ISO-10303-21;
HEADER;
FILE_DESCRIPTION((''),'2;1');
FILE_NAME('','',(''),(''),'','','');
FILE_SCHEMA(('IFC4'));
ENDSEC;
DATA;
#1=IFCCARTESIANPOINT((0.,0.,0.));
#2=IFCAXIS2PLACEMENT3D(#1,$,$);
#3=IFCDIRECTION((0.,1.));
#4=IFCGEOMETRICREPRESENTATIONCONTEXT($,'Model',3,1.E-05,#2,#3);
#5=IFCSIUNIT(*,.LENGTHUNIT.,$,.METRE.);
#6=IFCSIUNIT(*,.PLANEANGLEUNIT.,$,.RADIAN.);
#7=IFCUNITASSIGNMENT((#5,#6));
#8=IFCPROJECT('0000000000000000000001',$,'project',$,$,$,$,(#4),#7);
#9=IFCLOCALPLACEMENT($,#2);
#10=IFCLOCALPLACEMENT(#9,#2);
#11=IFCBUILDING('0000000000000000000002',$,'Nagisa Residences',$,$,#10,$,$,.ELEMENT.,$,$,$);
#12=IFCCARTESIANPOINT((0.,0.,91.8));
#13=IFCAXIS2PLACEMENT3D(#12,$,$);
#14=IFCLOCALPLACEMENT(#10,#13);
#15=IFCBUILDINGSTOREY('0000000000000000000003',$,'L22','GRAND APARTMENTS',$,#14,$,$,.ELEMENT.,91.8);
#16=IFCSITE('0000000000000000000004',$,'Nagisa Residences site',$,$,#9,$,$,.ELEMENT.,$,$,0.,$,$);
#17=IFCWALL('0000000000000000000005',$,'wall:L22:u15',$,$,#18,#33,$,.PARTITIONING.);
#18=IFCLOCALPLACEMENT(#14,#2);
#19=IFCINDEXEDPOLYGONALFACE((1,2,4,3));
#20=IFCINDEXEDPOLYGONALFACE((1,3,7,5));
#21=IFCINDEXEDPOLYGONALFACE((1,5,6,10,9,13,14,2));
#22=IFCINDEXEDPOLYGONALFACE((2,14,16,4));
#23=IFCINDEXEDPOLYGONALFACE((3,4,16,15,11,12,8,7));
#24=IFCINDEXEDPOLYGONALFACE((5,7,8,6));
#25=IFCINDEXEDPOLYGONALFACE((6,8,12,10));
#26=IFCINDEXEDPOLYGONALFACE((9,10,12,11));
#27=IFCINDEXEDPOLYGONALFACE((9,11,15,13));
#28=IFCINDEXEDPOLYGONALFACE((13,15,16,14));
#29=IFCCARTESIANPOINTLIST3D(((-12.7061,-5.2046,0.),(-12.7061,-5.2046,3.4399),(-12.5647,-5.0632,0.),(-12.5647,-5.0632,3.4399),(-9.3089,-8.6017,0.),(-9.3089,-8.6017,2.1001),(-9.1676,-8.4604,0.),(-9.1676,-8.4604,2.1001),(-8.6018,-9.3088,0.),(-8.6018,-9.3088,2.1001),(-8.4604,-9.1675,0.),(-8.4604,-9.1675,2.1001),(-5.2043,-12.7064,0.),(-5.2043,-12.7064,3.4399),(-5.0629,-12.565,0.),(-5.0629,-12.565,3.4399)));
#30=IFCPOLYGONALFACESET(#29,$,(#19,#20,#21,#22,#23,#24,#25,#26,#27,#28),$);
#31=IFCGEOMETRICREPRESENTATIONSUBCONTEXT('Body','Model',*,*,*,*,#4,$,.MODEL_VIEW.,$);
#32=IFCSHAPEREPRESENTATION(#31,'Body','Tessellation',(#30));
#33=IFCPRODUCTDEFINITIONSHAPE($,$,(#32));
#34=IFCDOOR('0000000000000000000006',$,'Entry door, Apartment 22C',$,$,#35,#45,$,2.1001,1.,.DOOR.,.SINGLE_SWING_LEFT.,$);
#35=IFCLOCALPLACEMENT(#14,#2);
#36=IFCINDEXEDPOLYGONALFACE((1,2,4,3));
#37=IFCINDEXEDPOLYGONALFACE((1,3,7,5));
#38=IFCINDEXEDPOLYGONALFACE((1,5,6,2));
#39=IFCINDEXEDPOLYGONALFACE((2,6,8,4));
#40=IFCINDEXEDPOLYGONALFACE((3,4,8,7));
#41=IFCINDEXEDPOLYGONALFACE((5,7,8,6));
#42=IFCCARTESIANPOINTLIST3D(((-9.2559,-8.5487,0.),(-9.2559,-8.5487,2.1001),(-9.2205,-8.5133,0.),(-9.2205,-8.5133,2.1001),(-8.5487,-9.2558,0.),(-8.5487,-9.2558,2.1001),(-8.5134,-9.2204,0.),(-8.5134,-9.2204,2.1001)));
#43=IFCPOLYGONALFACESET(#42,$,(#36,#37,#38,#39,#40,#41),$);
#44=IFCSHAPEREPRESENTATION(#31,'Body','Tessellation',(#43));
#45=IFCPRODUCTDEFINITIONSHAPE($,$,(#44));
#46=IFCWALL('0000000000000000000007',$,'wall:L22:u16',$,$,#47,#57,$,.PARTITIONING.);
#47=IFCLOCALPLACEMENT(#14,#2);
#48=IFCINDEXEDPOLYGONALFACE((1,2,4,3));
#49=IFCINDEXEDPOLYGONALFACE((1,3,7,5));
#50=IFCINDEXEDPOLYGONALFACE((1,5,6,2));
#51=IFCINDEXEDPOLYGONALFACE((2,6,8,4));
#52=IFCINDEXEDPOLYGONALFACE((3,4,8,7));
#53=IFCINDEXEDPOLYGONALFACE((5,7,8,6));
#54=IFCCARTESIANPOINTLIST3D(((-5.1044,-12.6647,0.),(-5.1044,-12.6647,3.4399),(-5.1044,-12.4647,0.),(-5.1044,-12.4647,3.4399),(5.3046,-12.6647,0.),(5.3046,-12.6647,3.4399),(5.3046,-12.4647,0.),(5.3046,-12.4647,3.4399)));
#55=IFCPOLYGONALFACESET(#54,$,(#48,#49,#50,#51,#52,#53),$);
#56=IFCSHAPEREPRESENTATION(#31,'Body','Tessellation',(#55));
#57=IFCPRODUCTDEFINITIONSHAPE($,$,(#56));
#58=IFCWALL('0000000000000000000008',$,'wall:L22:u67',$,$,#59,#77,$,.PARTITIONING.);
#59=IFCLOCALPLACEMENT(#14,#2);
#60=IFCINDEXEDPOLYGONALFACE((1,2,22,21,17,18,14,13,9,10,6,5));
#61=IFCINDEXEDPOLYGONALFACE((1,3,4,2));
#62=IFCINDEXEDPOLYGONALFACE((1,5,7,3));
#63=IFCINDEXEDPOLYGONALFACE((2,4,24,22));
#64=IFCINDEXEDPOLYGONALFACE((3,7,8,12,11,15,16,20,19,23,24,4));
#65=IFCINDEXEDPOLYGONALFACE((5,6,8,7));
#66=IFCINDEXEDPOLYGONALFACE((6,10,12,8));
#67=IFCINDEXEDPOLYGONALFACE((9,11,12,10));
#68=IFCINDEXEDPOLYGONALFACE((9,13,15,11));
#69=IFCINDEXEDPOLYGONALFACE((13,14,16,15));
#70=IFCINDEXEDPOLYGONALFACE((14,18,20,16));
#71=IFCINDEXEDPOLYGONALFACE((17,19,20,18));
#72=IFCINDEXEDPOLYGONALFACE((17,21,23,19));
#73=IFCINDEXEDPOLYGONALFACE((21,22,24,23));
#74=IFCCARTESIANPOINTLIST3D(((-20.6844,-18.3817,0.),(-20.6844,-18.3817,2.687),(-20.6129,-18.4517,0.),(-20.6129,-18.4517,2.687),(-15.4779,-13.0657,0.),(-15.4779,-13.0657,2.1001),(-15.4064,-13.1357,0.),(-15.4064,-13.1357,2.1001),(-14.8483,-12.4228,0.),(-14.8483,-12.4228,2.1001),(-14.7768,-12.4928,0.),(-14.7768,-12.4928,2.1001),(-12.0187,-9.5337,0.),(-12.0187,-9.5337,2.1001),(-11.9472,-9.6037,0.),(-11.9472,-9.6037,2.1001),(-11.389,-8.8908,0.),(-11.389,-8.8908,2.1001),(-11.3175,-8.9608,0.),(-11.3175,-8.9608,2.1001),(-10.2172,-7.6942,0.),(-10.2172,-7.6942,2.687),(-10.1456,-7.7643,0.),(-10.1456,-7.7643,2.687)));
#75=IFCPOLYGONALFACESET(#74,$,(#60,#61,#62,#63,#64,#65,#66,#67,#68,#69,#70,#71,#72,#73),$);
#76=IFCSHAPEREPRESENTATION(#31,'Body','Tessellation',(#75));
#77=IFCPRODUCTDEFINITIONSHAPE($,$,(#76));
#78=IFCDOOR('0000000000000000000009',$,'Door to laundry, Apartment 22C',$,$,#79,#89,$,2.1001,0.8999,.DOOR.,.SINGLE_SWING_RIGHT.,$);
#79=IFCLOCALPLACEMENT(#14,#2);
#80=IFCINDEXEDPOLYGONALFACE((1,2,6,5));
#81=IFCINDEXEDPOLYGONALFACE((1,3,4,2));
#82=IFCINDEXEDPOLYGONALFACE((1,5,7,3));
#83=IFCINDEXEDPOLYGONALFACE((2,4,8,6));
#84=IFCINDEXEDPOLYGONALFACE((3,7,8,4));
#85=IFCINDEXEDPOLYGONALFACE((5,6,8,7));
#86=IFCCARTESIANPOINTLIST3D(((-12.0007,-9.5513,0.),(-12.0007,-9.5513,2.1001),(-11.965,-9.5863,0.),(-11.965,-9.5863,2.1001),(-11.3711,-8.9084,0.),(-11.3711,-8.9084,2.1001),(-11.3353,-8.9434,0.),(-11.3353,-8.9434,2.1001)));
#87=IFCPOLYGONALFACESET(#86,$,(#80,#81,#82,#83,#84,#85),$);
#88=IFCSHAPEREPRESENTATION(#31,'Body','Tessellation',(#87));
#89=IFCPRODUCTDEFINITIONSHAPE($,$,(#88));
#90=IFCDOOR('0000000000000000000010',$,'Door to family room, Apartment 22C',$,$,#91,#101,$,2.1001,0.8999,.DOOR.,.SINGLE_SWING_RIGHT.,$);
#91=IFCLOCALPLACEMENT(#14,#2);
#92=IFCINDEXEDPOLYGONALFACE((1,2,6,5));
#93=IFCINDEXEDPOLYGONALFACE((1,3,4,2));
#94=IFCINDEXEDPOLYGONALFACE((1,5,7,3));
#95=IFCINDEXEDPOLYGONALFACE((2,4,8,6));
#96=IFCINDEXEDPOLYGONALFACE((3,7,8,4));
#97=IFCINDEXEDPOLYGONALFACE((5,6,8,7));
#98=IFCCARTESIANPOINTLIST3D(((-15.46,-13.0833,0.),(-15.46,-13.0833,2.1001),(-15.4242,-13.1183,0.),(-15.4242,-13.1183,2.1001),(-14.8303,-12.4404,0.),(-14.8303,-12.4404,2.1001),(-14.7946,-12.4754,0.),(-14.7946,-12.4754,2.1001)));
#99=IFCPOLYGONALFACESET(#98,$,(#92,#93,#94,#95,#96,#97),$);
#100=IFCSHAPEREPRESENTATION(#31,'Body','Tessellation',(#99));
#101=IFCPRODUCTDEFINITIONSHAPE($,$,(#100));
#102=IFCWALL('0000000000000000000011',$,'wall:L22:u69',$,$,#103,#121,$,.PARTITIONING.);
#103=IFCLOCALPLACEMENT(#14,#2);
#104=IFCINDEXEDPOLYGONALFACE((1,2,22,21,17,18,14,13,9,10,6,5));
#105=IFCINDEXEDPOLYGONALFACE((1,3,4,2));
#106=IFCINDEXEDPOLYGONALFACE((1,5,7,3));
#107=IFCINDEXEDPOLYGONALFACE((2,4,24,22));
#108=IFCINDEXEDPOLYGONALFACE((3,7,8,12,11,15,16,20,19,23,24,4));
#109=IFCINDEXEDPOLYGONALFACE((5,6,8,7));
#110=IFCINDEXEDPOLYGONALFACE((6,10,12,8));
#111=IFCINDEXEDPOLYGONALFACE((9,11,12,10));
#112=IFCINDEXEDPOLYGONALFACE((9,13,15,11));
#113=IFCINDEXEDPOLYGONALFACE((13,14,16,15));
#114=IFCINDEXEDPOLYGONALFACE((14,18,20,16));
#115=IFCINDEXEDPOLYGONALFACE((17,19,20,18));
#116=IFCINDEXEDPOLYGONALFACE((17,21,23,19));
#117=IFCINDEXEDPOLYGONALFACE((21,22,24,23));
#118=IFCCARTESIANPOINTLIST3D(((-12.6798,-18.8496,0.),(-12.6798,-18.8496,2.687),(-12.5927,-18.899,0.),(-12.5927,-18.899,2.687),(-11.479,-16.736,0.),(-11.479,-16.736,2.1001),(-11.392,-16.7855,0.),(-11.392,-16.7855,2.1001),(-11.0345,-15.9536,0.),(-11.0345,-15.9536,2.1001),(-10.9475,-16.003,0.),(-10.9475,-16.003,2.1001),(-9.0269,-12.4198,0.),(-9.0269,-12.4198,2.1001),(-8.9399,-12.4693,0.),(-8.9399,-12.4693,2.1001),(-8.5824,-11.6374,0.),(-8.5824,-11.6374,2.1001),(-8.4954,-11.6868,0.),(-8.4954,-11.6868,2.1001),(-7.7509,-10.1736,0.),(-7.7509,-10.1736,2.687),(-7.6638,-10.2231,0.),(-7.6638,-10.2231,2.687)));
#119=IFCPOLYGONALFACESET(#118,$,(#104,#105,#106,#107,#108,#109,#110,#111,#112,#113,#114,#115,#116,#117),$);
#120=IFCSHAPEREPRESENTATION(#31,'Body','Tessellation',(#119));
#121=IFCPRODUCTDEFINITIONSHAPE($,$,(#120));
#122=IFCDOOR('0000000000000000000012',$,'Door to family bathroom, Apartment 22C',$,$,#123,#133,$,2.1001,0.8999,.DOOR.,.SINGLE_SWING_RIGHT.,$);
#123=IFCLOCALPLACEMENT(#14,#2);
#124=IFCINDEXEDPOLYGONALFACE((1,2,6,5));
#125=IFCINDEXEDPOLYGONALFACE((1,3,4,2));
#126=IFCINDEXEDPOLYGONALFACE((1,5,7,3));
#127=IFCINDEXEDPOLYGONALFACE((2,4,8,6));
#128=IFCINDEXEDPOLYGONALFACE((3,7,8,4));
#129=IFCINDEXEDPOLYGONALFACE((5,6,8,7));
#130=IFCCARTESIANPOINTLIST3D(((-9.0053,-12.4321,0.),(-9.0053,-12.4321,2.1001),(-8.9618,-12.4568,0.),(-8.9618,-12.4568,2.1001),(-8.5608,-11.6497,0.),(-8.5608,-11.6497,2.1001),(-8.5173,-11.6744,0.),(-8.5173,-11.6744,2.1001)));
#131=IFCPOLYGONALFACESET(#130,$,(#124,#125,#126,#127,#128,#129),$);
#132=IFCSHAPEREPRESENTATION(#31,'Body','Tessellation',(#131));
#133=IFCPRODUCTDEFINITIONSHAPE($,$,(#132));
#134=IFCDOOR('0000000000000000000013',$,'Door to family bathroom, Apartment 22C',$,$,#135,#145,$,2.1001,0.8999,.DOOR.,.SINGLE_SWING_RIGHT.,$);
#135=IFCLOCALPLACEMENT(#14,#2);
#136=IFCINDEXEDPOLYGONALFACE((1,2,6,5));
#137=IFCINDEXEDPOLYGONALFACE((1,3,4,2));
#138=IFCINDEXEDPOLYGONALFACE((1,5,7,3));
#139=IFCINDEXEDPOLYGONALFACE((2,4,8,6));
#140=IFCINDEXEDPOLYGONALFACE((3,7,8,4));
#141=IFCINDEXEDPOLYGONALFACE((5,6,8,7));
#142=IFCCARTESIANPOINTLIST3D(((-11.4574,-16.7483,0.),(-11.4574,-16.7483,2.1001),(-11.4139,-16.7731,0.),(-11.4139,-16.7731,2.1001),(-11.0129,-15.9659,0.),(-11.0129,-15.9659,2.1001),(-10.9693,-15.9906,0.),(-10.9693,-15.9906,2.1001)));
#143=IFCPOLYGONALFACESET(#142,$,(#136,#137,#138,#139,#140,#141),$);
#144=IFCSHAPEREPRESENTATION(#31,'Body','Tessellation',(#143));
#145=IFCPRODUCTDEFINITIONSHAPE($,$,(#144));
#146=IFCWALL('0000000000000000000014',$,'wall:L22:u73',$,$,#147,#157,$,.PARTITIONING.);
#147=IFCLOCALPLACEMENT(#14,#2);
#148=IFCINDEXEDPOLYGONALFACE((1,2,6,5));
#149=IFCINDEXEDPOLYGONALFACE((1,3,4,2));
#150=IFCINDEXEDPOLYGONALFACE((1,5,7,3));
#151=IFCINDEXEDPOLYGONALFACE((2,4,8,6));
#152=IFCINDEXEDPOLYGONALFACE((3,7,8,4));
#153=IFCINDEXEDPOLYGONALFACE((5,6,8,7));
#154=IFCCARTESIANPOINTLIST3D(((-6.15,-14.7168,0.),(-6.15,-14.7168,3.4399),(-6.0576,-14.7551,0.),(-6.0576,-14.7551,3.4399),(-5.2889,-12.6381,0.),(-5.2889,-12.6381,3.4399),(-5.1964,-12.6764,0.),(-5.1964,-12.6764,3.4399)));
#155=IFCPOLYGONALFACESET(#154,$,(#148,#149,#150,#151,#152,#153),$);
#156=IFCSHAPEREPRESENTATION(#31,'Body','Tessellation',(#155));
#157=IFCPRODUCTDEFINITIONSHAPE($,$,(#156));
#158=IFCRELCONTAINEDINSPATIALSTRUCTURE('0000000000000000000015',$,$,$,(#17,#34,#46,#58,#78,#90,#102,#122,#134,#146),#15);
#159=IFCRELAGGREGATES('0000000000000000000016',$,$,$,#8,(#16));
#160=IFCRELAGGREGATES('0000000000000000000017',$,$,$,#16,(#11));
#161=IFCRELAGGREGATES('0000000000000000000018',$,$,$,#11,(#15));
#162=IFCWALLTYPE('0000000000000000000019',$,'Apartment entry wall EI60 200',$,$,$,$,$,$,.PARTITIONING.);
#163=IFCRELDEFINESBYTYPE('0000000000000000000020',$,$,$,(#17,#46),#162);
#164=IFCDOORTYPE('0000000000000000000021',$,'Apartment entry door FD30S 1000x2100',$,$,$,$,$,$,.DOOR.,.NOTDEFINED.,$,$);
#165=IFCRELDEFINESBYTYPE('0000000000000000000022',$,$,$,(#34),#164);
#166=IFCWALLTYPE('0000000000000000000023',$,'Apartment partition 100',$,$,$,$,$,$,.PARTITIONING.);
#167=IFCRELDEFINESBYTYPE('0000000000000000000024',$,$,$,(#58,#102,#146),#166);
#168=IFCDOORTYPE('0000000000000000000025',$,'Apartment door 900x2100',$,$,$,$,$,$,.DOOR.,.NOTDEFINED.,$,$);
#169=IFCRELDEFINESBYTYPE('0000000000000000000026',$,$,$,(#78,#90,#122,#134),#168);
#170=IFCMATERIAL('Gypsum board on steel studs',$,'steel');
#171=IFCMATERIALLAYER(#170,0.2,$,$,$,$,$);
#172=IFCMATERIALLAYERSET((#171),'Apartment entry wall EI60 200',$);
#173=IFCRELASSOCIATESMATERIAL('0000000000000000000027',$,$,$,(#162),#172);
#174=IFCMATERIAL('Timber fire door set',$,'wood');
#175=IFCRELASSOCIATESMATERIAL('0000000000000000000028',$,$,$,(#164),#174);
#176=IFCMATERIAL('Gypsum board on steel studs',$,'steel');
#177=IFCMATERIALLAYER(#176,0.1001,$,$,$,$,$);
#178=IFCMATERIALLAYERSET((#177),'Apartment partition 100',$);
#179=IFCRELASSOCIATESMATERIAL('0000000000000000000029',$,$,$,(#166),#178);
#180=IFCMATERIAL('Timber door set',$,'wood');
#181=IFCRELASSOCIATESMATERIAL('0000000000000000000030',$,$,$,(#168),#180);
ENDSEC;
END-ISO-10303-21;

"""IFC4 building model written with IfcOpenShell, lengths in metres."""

from ifc_helpers import new_model, si_unit, direction, frame, frame_2d, origin, place, context, subcontext, project, spatial, rectangle, extrude, material, layer, layer_set, type_object, element, fill, save


model = new_model("IFC4")

# Units and contexts
model_context = context("Model", 3, precision=1e-05, world=origin(), true_north=direction((0.0, 1.0)))
body_context = subcontext(model_context, "Body", "Model", "MODEL_VIEW")
ifc_project = project(units=[si_unit("LENGTHUNIT", "METRE"), si_unit("PLANEANGLEUNIT", "RADIAN")], contexts=[model_context])

# Site, building, storey
site_placement = place(None, origin())
site = spatial("IfcSite", under=ifc_project, at=site_placement, Name="Nagisa Residences site", CompositionType="ELEMENT", RefElevation=0.0)
building_placement = place(site_placement, origin())
building = spatial("IfcBuilding", under=site, at=building_placement, Name="Nagisa Residences", CompositionType="ELEMENT")
storey_placement = place(building_placement, frame((0.0, 0.0, 91.8)))
storey = spatial("IfcBuildingStorey", under=building, at=storey_placement, Name="L22", Description="GRAND APARTMENTS", CompositionType="ELEMENT", Elevation=91.8)

# Wall, opening, door
ifc_material_1 = material(Name="Gypsum board on steel studs", Category="steel")
ifc_layer_1 = layer(ifc_material_1, 0.2)
ifc_layer_set_1 = layer_set([ifc_layer_1], Name="Apartment entry wall EI60 200")
wall_type_1 = type_object("IfcWallType", Name="Apartment entry wall EI60 200", PredefinedType="PARTITIONING", material=ifc_layer_set_1)
wall_1_placement = place(storey_placement, frame((-12.6355, -5.1338, 0.0), z_axis=(0.0, 0.0, 1.0), x_axis=(0.707107, -0.707107, 0.0)))
wall_1 = element("IfcWall", 1, at=wall_1_placement, inside=storey, type_object=wall_type_1, Name="wall:L22:u15", PredefinedType="PARTITIONING", context=body_context, shape_type="SweptSolid", body=[
    extrude(rectangle(XDim=10.6091, YDim=0.2, at=frame_2d((5.3047, 0.0))), origin(), (0.0, 0.0, 1.0), 3.4399),
])
opening_1_placement = place(wall_1_placement, frame((4.8044, 0.0, 0.0)))
opening_1 = element("IfcOpeningElement", 2, at=opening_1_placement, cuts=wall_1, PredefinedType="OPENING", context=body_context, shape_type="SweptSolid", body=[
    extrude(rectangle(XDim=1.0, YDim=2.1001, at=frame_2d((0.5, 1.05))), frame((0.0, 0.1099, 0.0), z_axis=(0.0, -1.0, 0.0), x_axis=(1.0, 0.0, 0.0)), (0.0, 0.0, 1.0), 0.22),
])
ifc_material_2 = material(Name="Timber fire door set", Category="wood")
door_type_1 = type_object("IfcDoorType", Name="Apartment entry door FD30S 1000x2100", OperationType="NOTDEFINED", PredefinedType="DOOR", material=ifc_material_2)
door_1_placement = place(opening_1_placement, frame((1.0, 0.0, 0.0), x_axis=(-1.0, 0.0, 0.0)))
door_1 = element("IfcDoor", 3, at=door_1_placement, inside=storey, type_object=door_type_1, Name="Entry door, Apartment 22C", OperationType="SINGLE_SWING_LEFT", OverallHeight=2.1001, OverallWidth=1.0, PredefinedType="DOOR", context=body_context, shape_type="SweptSolid", body=[
    extrude(rectangle(XDim=1.0, YDim=2.1001, at=frame_2d((0.5, 1.05))), frame((0.0, 0.0249, 0.0), z_axis=(0.0, -1.0, 0.0), x_axis=(1.0, 0.0, 0.0)), (0.0, 0.0, 1.0), 0.05),
])
fill(opening_1, door_1)

# Wall
wall_2_placement = place(storey_placement, frame((-5.1045, -12.5647, 0.0), z_axis=(0.0, 0.0, 1.0), x_axis=(1.0, 0.0, 0.0)))
element("IfcWall", 4, at=wall_2_placement, inside=storey, type_object=wall_type_1, Name="wall:L22:u16", PredefinedType="PARTITIONING", context=body_context, shape_type="SweptSolid", body=[
    extrude(rectangle(XDim=10.4089, YDim=0.2, at=frame_2d((5.2046, 0.0))), origin(), (0.0, 0.0, 1.0), 3.4399),
])

# Walls, openings, doors
ifc_material_3 = material(Name="Gypsum board on steel studs", Category="steel")
ifc_layer_2 = layer(ifc_material_3, 0.1001)
ifc_layer_set_2 = layer_set([ifc_layer_2], Name="Apartment partition 100")
wall_type_2 = type_object("IfcWallType", Name="Apartment partition 100", PredefinedType="PARTITIONING", material=ifc_layer_set_2)
wall_3_placement = place(storey_placement, frame((-10.1814, -7.7292, 0.0), z_axis=(0.0, 0.0, 1.0), x_axis=(-0.699708, -0.714429, 0.0)))
wall_3 = element("IfcWall", 5, at=wall_3_placement, inside=storey, type_object=wall_type_2, Name="wall:L22:u67", PredefinedType="PARTITIONING", context=body_context, shape_type="SweptSolid", body=[
    extrude(rectangle(XDim=14.9595, YDim=0.1001, at=frame_2d((7.4797, 0.0))), origin(), (0.0, 0.0, 1.0), 2.687),
])
opening_2_placement = place(wall_3_placement, frame((1.6748, 0.0, 0.0)))
opening_2 = element("IfcOpeningElement", 6, at=opening_2_placement, cuts=wall_3, PredefinedType="OPENING", context=body_context, shape_type="SweptSolid", body=[
    extrude(rectangle(XDim=0.8999, YDim=2.1001, at=frame_2d((0.45, 1.05))), frame((0.0, 0.0601, 0.0), z_axis=(0.0, -1.0, 0.0), x_axis=(1.0, 0.0, 0.0)), (0.0, 0.0, 1.0), 0.1201),
])
opening_3_placement = place(wall_3_placement, frame((6.6187, 0.0, 0.0)))
opening_3 = element("IfcOpeningElement", 7, at=opening_3_placement, cuts=wall_3, PredefinedType="OPENING", context=body_context, shape_type="SweptSolid", body=[
    extrude(rectangle(XDim=0.8999, YDim=2.1001, at=frame_2d((0.45, 1.05))), frame((0.0, 0.0601, 0.0), z_axis=(0.0, -1.0, 0.0), x_axis=(1.0, 0.0, 0.0)), (0.0, 0.0, 1.0), 0.1201),
])
ifc_material_4 = material(Name="Timber door set", Category="wood")
door_type_2 = type_object("IfcDoorType", Name="Apartment door 900x2100", OperationType="NOTDEFINED", PredefinedType="DOOR", material=ifc_material_4)
door_2_placement = place(opening_2_placement, frame((0.8999, 0.0, 0.0), x_axis=(-1.0, 0.0, 0.0)))
door_2 = element("IfcDoor", 8, at=door_2_placement, inside=storey, type_object=door_type_2, Name="Door to laundry, Apartment 22C", OperationType="SINGLE_SWING_RIGHT", OverallHeight=2.1001, OverallWidth=0.8999, PredefinedType="DOOR", context=body_context, shape_type="SweptSolid", body=[
    extrude(rectangle(XDim=0.8999, YDim=2.1001, at=frame_2d((0.45, 1.05))), frame((0.0, 0.0249, 0.0), z_axis=(0.0, -1.0, 0.0), x_axis=(1.0, 0.0, 0.0)), (0.0, 0.0, 1.0), 0.05),
])
fill(opening_2, door_2)
door_3_placement = place(opening_3_placement, frame((0.8999, 0.0, 0.0), x_axis=(-1.0, 0.0, 0.0)))
door_3 = element("IfcDoor", 9, at=door_3_placement, inside=storey, type_object=door_type_2, Name="Door to family room, Apartment 22C", OperationType="SINGLE_SWING_RIGHT", OverallHeight=2.1001, OverallWidth=0.8999, PredefinedType="DOOR", context=body_context, shape_type="SweptSolid", body=[
    extrude(rectangle(XDim=0.8999, YDim=2.1001, at=frame_2d((0.45, 1.05))), frame((0.0, 0.0249, 0.0), z_axis=(0.0, -1.0, 0.0), x_axis=(1.0, 0.0, 0.0)), (0.0, 0.0, 1.0), 0.05),
])
fill(opening_3, door_3)
wall_4_placement = place(storey_placement, frame((-7.7073, -10.1982, 0.0), z_axis=(0.0, 0.0, 1.0), x_axis=(-0.493964, -0.869483, 0.0)))
wall_4 = element("IfcWall", 10, at=wall_4_placement, inside=storey, type_object=wall_type_2, Name="wall:L22:u69", PredefinedType="PARTITIONING", context=body_context, shape_type="SweptSolid", body=[
    extrude(rectangle(XDim=9.9783, YDim=0.1001, at=frame_2d((4.9893, 0.0))), origin(), (0.0, 0.0, 1.0), 2.687),
])
opening_4_placement = place(wall_4_placement, frame((1.6836, 0.0, 0.0)))
opening_4 = element("IfcOpeningElement", 11, at=opening_4_placement, cuts=wall_4, PredefinedType="OPENING", context=body_context, shape_type="SweptSolid", body=[
    extrude(rectangle(XDim=0.8999, YDim=2.1001, at=frame_2d((0.45, 1.05))), frame((0.0, 0.0601, 0.0), z_axis=(0.0, -1.0, 0.0), x_axis=(1.0, 0.0, 0.0)), (0.0, 0.0, 1.0), 0.1201),
])
opening_5_placement = place(wall_4_placement, frame((6.6477, 0.0, 0.0)))
opening_5 = element("IfcOpeningElement", 12, at=opening_5_placement, cuts=wall_4, PredefinedType="OPENING", context=body_context, shape_type="SweptSolid", body=[
    extrude(rectangle(XDim=0.8999, YDim=2.1001, at=frame_2d((0.45, 1.05))), frame((0.0, 0.0601, 0.0), z_axis=(0.0, -1.0, 0.0), x_axis=(1.0, 0.0, 0.0)), (0.0, 0.0, 1.0), 0.1201),
])
door_4_placement = place(opening_4_placement, origin())
door_4 = element("IfcDoor", 13, at=door_4_placement, inside=storey, type_object=door_type_2, Name="Door to family bathroom, Apartment 22C", OperationType="SINGLE_SWING_RIGHT", OverallHeight=2.1001, OverallWidth=0.8999, PredefinedType="DOOR", context=body_context, shape_type="SweptSolid", body=[
    extrude(rectangle(XDim=0.8999, YDim=2.1001, at=frame_2d((0.45, 1.05))), frame((0.0, 0.0249, 0.0), z_axis=(0.0, -1.0, 0.0), x_axis=(1.0, 0.0, 0.0)), (0.0, 0.0, 1.0), 0.05),
])
fill(opening_4, door_4)
door_5_placement = place(opening_5_placement, origin())
door_5 = element("IfcDoor", 14, at=door_5_placement, inside=storey, type_object=door_type_2, Name="Door to family bathroom, Apartment 22C", OperationType="SINGLE_SWING_RIGHT", OverallHeight=2.1001, OverallWidth=0.8999, PredefinedType="DOOR", context=body_context, shape_type="SweptSolid", body=[
    extrude(rectangle(XDim=0.8999, YDim=2.1001, at=frame_2d((0.45, 1.05))), frame((0.0, 0.0249, 0.0), z_axis=(0.0, -1.0, 0.0), x_axis=(1.0, 0.0, 0.0)), (0.0, 0.0, 1.0), 0.05),
])
fill(opening_5, door_5)

# Wall
wall_5_placement = place(storey_placement, frame((-5.2427, -12.6572, 0.0), z_axis=(0.0, 0.0, 1.0), x_axis=(-0.382719, -0.923865, 0.0)))
element("IfcWall", 15, at=wall_5_placement, inside=storey, type_object=wall_type_2, Name="wall:L22:u73", PredefinedType="PARTITIONING", context=body_context, shape_type="SweptSolid", body=[
    extrude(rectangle(XDim=2.25, YDim=0.1001, at=frame_2d((1.125, 0.0))), origin(), (0.0, 0.0, 1.0), 3.4399),
])

save(model, "model.ifc")
